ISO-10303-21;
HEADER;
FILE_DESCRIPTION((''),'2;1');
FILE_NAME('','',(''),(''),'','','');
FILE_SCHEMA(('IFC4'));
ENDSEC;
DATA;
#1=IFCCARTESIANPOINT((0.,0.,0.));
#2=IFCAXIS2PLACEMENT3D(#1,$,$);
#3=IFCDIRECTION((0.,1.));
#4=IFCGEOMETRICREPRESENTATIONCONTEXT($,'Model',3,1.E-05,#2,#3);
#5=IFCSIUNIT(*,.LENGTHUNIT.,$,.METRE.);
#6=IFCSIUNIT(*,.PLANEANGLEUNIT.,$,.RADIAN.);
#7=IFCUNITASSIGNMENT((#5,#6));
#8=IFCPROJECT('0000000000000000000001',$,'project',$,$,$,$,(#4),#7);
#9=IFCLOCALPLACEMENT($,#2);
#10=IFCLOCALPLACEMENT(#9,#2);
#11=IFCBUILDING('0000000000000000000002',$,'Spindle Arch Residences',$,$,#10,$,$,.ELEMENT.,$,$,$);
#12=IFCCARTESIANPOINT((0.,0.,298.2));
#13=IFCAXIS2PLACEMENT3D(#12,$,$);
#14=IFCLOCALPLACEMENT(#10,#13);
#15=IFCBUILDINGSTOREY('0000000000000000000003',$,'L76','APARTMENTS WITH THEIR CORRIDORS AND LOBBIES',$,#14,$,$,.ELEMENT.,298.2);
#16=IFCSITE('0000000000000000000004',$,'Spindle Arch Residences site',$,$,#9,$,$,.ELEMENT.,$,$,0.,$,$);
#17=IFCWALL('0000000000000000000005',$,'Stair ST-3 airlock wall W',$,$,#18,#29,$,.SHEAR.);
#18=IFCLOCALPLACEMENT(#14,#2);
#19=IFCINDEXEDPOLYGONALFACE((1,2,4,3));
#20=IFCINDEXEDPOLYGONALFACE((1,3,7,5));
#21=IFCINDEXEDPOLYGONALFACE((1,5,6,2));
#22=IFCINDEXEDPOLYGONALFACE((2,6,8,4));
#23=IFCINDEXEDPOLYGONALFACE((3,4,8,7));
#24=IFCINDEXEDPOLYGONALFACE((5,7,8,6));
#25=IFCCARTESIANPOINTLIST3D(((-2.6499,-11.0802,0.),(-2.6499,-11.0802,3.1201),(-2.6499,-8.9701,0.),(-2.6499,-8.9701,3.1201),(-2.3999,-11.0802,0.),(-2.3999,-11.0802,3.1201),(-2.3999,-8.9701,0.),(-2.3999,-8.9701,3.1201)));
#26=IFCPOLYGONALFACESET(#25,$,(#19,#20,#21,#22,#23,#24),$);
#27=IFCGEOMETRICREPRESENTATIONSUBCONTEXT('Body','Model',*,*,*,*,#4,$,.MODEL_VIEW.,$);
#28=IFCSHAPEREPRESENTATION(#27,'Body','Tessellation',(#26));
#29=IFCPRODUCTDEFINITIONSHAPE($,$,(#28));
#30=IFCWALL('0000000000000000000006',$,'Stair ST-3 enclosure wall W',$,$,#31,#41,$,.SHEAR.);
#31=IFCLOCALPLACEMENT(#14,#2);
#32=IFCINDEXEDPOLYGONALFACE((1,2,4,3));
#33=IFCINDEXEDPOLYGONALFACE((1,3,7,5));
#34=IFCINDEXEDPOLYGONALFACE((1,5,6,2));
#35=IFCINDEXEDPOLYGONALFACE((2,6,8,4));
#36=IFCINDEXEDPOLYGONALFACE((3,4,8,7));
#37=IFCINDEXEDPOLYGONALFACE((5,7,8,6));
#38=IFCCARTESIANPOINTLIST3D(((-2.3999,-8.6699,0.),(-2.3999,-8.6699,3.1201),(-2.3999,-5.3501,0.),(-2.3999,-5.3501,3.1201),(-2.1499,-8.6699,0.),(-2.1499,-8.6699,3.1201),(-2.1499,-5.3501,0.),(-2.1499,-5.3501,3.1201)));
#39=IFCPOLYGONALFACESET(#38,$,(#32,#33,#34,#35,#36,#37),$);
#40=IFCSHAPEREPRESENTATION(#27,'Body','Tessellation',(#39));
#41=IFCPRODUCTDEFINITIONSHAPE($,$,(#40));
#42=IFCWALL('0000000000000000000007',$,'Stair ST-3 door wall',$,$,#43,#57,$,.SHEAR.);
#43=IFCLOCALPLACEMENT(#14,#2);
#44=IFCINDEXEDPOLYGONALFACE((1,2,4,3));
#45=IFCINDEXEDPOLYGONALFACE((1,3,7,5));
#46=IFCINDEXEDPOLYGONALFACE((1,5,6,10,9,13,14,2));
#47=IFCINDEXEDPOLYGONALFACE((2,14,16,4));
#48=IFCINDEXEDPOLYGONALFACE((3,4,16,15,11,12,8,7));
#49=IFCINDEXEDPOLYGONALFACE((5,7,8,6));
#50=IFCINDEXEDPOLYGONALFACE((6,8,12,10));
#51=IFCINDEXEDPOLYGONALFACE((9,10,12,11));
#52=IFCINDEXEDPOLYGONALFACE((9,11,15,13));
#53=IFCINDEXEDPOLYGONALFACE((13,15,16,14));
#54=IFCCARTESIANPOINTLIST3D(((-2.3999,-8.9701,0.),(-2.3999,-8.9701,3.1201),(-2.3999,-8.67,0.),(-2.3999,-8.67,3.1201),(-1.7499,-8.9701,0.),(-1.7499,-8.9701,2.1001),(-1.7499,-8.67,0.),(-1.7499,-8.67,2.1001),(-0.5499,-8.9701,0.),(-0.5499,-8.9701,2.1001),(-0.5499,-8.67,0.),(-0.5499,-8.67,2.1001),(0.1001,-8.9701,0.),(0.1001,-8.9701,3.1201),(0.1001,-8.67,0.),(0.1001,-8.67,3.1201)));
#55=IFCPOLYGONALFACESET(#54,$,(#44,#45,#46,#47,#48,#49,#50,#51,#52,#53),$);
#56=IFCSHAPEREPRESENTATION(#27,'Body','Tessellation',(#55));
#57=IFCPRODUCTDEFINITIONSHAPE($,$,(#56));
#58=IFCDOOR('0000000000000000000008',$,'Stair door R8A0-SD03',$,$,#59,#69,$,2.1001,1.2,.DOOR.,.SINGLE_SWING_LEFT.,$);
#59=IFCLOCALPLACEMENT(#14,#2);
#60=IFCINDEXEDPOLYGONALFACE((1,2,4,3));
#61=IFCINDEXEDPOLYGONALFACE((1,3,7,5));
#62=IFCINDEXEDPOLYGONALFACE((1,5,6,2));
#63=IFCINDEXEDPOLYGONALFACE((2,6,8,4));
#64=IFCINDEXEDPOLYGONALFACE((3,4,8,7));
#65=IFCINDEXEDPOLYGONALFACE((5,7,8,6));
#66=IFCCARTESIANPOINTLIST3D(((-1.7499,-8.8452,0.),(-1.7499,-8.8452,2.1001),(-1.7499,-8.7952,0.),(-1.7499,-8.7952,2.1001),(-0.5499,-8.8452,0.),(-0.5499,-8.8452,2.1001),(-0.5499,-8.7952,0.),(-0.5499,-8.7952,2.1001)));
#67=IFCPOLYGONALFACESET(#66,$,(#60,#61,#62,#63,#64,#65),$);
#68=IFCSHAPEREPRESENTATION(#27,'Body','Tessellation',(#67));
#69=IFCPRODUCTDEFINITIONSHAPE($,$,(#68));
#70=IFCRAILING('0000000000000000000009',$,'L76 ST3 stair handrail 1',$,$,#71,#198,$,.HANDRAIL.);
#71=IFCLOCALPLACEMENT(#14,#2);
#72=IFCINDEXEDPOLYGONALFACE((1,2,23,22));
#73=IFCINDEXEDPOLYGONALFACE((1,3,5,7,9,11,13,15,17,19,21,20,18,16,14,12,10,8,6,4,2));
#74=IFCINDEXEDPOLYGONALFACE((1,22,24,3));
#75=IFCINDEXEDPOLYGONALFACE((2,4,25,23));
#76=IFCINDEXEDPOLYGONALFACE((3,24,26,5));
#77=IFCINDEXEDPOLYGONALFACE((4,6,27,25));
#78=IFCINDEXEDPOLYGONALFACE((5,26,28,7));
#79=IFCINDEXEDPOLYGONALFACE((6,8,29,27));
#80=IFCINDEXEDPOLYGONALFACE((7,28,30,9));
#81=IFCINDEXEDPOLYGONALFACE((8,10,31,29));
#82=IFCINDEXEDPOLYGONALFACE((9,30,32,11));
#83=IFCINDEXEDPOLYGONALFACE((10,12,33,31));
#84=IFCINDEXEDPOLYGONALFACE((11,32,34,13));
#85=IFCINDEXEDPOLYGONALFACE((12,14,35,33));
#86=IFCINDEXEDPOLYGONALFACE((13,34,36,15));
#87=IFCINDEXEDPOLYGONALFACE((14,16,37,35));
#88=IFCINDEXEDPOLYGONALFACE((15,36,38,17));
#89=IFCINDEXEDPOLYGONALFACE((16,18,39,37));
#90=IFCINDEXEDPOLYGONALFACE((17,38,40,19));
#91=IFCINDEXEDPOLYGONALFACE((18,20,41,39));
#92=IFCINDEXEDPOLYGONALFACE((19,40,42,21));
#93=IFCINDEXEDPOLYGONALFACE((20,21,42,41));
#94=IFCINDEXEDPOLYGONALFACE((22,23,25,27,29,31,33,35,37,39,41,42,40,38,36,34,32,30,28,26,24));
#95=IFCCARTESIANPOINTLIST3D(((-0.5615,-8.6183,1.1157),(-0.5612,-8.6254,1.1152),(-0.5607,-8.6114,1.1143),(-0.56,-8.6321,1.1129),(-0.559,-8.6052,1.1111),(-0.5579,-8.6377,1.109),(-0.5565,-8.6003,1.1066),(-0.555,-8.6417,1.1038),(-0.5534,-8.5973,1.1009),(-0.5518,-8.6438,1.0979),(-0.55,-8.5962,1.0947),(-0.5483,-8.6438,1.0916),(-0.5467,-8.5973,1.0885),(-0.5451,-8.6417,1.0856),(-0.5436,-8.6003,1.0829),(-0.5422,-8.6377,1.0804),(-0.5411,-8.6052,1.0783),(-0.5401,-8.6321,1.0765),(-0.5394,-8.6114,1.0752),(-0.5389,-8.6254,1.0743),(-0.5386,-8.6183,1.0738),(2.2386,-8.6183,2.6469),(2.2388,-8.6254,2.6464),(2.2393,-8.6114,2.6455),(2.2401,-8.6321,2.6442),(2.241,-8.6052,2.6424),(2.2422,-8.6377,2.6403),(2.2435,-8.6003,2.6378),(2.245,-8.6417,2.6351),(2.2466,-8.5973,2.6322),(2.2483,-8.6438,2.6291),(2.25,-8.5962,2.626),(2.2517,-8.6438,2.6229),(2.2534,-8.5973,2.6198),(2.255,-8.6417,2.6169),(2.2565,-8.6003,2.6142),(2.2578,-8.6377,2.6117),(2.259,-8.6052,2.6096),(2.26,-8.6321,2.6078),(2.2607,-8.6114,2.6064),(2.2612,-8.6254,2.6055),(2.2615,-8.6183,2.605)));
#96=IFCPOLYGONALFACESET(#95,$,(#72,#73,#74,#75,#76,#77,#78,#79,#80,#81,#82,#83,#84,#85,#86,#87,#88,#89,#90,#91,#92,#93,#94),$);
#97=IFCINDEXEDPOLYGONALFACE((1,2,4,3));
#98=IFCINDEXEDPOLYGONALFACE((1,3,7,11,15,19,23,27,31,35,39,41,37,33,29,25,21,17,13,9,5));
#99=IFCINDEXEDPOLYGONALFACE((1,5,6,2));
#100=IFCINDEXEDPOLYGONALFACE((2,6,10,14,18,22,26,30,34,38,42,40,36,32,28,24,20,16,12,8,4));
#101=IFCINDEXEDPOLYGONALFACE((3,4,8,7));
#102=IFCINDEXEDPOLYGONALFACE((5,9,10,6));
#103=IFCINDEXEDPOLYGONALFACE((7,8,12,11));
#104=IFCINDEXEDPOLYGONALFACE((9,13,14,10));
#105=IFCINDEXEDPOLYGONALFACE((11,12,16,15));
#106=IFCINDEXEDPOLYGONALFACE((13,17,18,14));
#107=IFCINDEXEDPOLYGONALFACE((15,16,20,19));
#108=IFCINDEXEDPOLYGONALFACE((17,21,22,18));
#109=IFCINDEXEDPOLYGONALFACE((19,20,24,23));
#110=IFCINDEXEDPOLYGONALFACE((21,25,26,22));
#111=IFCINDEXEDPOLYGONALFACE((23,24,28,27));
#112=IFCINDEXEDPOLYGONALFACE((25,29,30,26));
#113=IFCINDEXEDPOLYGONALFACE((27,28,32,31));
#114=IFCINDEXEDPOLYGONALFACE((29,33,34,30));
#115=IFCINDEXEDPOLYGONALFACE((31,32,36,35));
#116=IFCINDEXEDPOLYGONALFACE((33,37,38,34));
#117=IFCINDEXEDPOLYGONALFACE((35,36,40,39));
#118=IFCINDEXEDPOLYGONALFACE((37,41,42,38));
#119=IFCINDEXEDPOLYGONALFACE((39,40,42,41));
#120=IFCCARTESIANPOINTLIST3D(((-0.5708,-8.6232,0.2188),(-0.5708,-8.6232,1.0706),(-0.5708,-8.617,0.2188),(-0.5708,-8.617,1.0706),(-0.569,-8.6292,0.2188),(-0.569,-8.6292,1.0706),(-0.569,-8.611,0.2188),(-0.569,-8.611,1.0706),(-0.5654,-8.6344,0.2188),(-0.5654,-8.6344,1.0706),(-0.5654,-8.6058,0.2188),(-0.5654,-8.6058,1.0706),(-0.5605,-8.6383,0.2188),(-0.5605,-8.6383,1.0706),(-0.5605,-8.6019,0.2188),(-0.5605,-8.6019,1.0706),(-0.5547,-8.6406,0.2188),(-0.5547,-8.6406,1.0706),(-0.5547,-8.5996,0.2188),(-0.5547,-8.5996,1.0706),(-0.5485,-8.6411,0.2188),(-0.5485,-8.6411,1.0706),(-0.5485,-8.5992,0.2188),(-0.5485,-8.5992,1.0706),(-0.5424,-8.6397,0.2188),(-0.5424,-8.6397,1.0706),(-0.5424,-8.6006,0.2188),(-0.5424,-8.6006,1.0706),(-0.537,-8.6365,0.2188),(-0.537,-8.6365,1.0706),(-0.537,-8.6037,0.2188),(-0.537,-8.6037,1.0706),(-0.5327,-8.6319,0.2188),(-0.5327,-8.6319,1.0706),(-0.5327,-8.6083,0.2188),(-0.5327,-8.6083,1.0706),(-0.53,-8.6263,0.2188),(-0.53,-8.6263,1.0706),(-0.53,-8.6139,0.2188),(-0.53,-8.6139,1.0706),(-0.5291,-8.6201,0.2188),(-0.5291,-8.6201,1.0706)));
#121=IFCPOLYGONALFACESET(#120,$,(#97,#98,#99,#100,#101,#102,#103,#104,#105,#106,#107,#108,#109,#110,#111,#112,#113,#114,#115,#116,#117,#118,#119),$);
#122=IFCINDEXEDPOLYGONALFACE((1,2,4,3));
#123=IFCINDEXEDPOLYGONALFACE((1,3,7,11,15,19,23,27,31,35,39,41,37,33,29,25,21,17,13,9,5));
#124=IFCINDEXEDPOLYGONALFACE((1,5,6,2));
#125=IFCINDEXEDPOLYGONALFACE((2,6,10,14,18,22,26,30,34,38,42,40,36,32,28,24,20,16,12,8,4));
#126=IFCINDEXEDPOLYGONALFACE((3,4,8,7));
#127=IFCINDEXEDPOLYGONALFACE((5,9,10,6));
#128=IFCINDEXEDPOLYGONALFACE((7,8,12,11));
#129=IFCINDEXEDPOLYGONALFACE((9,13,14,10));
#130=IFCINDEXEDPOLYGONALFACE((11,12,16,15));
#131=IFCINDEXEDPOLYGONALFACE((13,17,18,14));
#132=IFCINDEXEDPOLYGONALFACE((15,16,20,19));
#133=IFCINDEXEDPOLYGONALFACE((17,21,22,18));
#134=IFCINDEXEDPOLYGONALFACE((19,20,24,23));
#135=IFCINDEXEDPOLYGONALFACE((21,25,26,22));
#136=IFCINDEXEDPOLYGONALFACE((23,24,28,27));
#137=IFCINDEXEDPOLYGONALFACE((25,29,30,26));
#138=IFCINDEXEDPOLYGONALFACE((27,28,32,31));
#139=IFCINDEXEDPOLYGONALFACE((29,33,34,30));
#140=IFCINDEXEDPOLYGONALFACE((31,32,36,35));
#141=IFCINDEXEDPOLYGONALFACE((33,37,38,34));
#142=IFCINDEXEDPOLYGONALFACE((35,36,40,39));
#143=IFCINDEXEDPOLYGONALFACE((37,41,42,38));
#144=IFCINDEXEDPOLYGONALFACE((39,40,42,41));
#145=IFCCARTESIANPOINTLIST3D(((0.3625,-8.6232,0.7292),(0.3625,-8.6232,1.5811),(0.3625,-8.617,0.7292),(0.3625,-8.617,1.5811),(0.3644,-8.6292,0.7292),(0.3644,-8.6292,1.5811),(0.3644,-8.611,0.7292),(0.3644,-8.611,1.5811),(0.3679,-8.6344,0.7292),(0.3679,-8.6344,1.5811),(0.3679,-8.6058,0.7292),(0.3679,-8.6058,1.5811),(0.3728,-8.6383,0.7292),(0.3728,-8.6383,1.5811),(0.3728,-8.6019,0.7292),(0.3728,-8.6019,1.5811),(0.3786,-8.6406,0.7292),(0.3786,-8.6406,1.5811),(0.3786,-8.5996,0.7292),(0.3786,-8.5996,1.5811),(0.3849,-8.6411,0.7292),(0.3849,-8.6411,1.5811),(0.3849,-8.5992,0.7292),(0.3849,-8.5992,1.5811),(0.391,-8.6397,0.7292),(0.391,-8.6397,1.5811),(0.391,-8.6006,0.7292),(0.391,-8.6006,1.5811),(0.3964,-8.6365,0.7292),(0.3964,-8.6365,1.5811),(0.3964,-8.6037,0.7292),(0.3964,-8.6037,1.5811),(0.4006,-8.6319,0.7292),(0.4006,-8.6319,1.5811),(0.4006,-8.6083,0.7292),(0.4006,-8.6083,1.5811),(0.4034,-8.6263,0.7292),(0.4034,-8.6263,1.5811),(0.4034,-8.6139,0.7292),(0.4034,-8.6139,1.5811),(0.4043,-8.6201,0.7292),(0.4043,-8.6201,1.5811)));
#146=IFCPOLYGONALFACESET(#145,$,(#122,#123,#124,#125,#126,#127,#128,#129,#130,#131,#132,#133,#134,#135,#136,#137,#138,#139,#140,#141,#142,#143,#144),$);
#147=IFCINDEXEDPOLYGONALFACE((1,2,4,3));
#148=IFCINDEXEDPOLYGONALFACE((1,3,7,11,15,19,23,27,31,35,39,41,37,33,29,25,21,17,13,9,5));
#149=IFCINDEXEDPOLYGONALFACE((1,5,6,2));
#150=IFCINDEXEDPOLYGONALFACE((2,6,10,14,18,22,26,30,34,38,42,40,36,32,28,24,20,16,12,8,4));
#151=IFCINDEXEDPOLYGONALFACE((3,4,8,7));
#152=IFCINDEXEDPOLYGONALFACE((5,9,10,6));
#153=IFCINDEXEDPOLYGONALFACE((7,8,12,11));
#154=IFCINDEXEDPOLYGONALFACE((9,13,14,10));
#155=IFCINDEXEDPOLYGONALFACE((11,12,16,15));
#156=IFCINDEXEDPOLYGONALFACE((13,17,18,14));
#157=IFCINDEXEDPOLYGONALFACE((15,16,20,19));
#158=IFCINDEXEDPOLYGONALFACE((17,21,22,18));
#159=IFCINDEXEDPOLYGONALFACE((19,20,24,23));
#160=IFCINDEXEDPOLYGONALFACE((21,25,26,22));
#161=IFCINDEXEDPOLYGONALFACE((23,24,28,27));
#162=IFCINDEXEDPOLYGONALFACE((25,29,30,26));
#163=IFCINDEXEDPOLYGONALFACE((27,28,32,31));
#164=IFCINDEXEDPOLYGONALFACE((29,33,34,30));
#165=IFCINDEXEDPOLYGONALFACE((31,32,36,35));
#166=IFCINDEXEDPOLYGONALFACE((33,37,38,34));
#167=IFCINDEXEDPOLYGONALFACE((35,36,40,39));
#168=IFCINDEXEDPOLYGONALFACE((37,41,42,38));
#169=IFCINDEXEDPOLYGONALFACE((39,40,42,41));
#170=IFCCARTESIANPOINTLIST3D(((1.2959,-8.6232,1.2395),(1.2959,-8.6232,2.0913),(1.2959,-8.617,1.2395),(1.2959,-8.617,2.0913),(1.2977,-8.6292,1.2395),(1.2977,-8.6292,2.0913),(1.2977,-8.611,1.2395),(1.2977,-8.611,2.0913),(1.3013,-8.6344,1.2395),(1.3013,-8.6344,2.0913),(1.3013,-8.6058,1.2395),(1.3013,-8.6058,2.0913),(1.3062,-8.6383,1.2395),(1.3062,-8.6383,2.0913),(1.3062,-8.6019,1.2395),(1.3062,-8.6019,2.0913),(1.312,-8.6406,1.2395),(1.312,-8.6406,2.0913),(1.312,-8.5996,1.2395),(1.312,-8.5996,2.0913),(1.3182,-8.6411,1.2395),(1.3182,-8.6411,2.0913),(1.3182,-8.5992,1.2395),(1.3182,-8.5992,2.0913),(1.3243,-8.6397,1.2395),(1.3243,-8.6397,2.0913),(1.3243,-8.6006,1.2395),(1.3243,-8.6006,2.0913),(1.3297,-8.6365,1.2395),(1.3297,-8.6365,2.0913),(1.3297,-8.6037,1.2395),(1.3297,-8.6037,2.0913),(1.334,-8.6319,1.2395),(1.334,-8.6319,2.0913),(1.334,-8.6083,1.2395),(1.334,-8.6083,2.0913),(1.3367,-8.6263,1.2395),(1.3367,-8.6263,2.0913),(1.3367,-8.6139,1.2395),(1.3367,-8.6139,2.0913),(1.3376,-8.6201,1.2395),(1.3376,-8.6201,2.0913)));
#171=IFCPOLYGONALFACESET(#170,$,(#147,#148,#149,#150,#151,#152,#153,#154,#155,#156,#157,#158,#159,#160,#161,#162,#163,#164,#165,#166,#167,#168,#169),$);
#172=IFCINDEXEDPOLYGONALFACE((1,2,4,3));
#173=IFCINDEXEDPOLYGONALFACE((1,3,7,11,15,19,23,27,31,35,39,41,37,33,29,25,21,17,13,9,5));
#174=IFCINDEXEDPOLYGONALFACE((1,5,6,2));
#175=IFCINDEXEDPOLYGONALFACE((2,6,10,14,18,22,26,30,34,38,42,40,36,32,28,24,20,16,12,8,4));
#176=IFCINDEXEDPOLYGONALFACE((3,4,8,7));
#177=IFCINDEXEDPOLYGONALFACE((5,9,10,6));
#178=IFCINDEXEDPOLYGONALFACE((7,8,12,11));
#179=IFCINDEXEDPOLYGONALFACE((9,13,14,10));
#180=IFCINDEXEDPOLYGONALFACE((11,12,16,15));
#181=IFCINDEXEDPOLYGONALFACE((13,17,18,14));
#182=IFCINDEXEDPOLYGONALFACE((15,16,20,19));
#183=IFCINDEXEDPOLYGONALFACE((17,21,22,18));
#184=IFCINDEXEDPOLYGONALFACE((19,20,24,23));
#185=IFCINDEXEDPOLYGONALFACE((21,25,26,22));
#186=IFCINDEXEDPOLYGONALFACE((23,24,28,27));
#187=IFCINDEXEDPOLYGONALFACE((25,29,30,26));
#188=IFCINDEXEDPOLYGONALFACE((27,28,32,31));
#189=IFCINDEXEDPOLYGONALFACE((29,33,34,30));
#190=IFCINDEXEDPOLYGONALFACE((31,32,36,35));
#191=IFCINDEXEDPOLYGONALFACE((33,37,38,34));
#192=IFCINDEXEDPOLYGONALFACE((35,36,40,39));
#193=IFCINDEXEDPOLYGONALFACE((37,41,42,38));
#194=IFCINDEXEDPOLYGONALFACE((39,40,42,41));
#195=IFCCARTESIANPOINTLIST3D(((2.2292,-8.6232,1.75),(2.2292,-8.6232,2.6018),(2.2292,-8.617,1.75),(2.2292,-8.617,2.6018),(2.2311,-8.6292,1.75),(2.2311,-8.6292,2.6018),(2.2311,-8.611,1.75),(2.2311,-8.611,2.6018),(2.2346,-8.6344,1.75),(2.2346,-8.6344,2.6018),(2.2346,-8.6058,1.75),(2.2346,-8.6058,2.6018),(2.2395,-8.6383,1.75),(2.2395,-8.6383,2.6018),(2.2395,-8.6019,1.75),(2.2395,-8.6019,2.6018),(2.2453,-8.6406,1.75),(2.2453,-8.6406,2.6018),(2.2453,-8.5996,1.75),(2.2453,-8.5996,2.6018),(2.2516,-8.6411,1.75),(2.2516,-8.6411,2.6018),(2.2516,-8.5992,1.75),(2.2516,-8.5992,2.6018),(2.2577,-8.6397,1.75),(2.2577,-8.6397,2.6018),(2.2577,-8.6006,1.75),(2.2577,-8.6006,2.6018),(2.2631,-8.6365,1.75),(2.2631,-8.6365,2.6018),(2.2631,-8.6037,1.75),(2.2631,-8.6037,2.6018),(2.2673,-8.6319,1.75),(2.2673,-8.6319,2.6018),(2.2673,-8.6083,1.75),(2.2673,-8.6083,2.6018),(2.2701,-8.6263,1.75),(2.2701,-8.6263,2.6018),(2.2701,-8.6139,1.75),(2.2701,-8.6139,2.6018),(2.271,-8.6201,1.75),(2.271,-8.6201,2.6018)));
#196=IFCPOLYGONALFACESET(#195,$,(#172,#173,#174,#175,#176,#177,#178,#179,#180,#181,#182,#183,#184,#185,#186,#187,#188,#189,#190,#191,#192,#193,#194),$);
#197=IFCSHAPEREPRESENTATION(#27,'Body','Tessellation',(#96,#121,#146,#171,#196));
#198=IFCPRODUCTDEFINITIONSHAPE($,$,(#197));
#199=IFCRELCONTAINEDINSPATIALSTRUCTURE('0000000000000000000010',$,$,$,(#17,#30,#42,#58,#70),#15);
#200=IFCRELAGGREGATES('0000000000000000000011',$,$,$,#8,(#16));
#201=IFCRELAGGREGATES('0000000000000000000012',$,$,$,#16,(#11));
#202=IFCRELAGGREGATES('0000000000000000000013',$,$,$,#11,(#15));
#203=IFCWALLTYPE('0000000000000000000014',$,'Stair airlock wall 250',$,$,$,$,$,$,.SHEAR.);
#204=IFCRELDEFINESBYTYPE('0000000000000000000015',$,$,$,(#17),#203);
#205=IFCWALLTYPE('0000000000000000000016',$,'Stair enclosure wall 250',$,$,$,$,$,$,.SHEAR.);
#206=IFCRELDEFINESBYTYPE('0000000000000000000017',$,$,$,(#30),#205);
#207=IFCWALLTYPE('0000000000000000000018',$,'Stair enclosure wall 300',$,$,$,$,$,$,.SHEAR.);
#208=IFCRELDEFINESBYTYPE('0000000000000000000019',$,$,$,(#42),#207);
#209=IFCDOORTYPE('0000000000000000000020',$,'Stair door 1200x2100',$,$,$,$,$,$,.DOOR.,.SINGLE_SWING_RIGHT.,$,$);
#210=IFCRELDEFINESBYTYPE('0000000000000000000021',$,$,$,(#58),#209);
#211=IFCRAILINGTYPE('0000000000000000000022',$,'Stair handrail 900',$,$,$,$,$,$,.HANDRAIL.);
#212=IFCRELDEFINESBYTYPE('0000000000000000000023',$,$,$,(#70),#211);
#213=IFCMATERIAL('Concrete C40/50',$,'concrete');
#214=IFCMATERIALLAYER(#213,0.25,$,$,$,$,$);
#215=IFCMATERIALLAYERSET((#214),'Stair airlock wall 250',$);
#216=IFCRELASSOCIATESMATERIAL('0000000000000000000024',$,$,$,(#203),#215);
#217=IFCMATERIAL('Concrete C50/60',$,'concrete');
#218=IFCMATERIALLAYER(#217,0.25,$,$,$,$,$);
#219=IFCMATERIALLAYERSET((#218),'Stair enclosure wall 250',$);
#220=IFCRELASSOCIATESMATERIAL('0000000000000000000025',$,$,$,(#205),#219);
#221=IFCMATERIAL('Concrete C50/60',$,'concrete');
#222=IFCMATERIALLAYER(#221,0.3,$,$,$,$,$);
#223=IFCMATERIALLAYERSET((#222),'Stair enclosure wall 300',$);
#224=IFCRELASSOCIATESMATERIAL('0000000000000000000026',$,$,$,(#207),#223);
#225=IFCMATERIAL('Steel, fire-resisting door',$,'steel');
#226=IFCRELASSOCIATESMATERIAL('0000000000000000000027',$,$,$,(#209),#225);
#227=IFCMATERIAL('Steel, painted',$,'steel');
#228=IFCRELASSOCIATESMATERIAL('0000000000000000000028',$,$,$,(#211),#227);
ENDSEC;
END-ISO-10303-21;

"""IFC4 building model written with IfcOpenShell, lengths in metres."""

from ifc_helpers import new_model, si_unit, direction, frame, frame_2d, origin, origin_2d, place, context, subcontext, project, spatial, rectangle, circle, extrude, material, layer, layer_set, type_object, element, fill, save


model = new_model("IFC4")

# Units and contexts
model_context = context("Model", 3, precision=1e-05, world=origin(), true_north=direction((0.0, 1.0)))
body_context = subcontext(model_context, "Body", "Model", "MODEL_VIEW")
ifc_project = project(units=[si_unit("LENGTHUNIT", "METRE"), si_unit("PLANEANGLEUNIT", "RADIAN")], contexts=[model_context])

# Site, building, storey
site_placement = place(None, origin())
site = spatial("IfcSite", under=ifc_project, at=site_placement, Name="Spindle Arch Residences site", CompositionType="ELEMENT", RefElevation=0.0)
building_placement = place(site_placement, origin())
building = spatial("IfcBuilding", under=site, at=building_placement, Name="Spindle Arch Residences", CompositionType="ELEMENT")
storey_placement = place(building_placement, frame((0.0, 0.0, 298.2)))
storey = spatial("IfcBuildingStorey", under=building, at=storey_placement, Name="L76", Description="APARTMENTS WITH THEIR CORRIDORS AND LOBBIES", CompositionType="ELEMENT", Elevation=298.2)

# Walls
ifc_material_1 = material(Name="Concrete C40/50", Category="concrete")
ifc_layer_1 = layer(ifc_material_1, 0.25)
ifc_layer_set_1 = layer_set([ifc_layer_1], Name="Stair airlock wall 250")
wall_type_1 = type_object("IfcWallType", Name="Stair airlock wall 250", PredefinedType="SHEAR", material=ifc_layer_set_1)
wall_1_placement = place(storey_placement, frame((-2.5249, -8.97, 0.0), z_axis=(0.0, 0.0, 1.0), x_axis=(0.0, -1.0, 0.0)))
element("IfcWall", 1, at=wall_1_placement, inside=storey, type_object=wall_type_1, Name="Stair ST-3 airlock wall W", PredefinedType="SHEAR", context=body_context, shape_type="SweptSolid", body=[
    extrude(rectangle(XDim=2.1101, YDim=0.25, at=frame_2d((1.0552, 0.0))), origin(), (0.0, 0.0, 1.0), 3.1201),
])
ifc_material_2 = material(Name="Concrete C50/60", Category="concrete")
ifc_layer_2 = layer(ifc_material_2, 0.25)
ifc_layer_set_2 = layer_set([ifc_layer_2], Name="Stair enclosure wall 250")
wall_type_2 = type_object("IfcWallType", Name="Stair enclosure wall 250", PredefinedType="SHEAR", material=ifc_layer_set_2)
wall_2_placement = place(storey_placement, frame((-2.2749, -8.6699, 0.0), z_axis=(0.0, 0.0, 1.0), x_axis=(0.0, 1.0, 0.0)))
element("IfcWall", 2, at=wall_2_placement, inside=storey, type_object=wall_type_2, Name="Stair ST-3 enclosure wall W", PredefinedType="SHEAR", context=body_context, shape_type="SweptSolid", body=[
    extrude(rectangle(XDim=3.3198, YDim=0.25, at=frame_2d((1.6599, 0.0))), origin(), (0.0, 0.0, 1.0), 3.1201),
])

# Wall, opening, door
ifc_material_3 = material(Name="Concrete C50/60", Category="concrete")
ifc_layer_3 = layer(ifc_material_3, 0.3)
ifc_layer_set_3 = layer_set([ifc_layer_3], Name="Stair enclosure wall 300")
wall_type_3 = type_object("IfcWallType", Name="Stair enclosure wall 300", PredefinedType="SHEAR", material=ifc_layer_set_3)
wall_3_placement = place(storey_placement, frame((-2.3999, -8.8201, 0.0), z_axis=(0.0, 0.0, 1.0), x_axis=(1.0, 0.0, 0.0)))
wall_3 = element("IfcWall", 3, at=wall_3_placement, inside=storey, type_object=wall_type_3, Name="Stair ST-3 door wall", PredefinedType="SHEAR", context=body_context, shape_type="SweptSolid", body=[
    extrude(rectangle(XDim=2.5, YDim=0.3, at=frame_2d((1.25, 0.0))), origin(), (0.0, 0.0, 1.0), 3.1201),
])
opening_1_placement = place(wall_3_placement, frame((0.6499, 0.0, 0.0)))
opening_1 = element("IfcOpeningElement", 4, at=opening_1_placement, cuts=wall_3, PredefinedType="OPENING", context=body_context, shape_type="SweptSolid", body=[
    extrude(rectangle(XDim=1.2, YDim=2.1001, at=frame_2d((0.6001, 1.05))), frame((0.0, 0.1602, 0.0), z_axis=(0.0, -1.0, 0.0), x_axis=(1.0, 0.0, 0.0)), (0.0, 0.0, 1.0), 0.3201),
])
ifc_material_4 = material(Name="Steel, fire-resisting door", Category="steel")
door_type_1 = type_object("IfcDoorType", Name="Stair door 1200x2100", OperationType="SINGLE_SWING_RIGHT", PredefinedType="DOOR", material=ifc_material_4)
door_1_placement = place(opening_1_placement, origin())
door_1 = element("IfcDoor", 5, at=door_1_placement, inside=storey, type_object=door_type_1, Name="Stair door R8A0-SD03", OperationType="SINGLE_SWING_LEFT", OverallHeight=2.1001, OverallWidth=1.2, PredefinedType="DOOR", context=body_context, shape_type="SweptSolid", body=[
    extrude(rectangle(XDim=1.2, YDim=2.1001, at=frame_2d((0.6001, 1.05))), frame((0.0, 0.0249, 0.0), z_axis=(0.0, -1.0, 0.0), x_axis=(1.0, 0.0, 0.0)), (0.0, 0.0, 1.0), 0.05),
])
fill(opening_1, door_1)

# Railing
ifc_material_5 = material(Name="Steel, painted", Category="steel")
railing_type = type_object("IfcRailingType", Name="Stair handrail 900", PredefinedType="HANDRAIL", material=ifc_material_5)
railing_placement = place(storey_placement, frame((-0.55, -8.6201, 0.2188)))
element("IfcRailing", 6, at=railing_placement, inside=storey, type_object=railing_type, Name="L76 ST3 stair handrail 1", PredefinedType="HANDRAIL", context=body_context, shape_type="SweptSolid", body=[
    extrude(circle(Radius=0.0239, at=origin_2d()), frame((0.0, 0.0, 0.876), z_axis=(0.877375, 0.0, 0.479806), x_axis=(0.0, 1.0, 0.0)), (0.0, 0.0, 1.0), 3.1914),
    extrude(circle(Radius=0.021, at=origin_2d()), origin(), (0.0, 0.0, 1.0), 0.8518),
    extrude(circle(Radius=0.021, at=origin_2d()), frame((0.9333, 0.0, 0.5105)), (0.0, 0.0, 1.0), 0.8518),
    extrude(circle(Radius=0.021, at=origin_2d()), frame((1.8667, 0.0, 1.0208)), (0.0, 0.0, 1.0), 0.8518),
    extrude(circle(Radius=0.021, at=origin_2d()), frame((2.8, 0.0, 1.5312)), (0.0, 0.0, 1.0), 0.8518),
])

save(model, "model.ifc")
